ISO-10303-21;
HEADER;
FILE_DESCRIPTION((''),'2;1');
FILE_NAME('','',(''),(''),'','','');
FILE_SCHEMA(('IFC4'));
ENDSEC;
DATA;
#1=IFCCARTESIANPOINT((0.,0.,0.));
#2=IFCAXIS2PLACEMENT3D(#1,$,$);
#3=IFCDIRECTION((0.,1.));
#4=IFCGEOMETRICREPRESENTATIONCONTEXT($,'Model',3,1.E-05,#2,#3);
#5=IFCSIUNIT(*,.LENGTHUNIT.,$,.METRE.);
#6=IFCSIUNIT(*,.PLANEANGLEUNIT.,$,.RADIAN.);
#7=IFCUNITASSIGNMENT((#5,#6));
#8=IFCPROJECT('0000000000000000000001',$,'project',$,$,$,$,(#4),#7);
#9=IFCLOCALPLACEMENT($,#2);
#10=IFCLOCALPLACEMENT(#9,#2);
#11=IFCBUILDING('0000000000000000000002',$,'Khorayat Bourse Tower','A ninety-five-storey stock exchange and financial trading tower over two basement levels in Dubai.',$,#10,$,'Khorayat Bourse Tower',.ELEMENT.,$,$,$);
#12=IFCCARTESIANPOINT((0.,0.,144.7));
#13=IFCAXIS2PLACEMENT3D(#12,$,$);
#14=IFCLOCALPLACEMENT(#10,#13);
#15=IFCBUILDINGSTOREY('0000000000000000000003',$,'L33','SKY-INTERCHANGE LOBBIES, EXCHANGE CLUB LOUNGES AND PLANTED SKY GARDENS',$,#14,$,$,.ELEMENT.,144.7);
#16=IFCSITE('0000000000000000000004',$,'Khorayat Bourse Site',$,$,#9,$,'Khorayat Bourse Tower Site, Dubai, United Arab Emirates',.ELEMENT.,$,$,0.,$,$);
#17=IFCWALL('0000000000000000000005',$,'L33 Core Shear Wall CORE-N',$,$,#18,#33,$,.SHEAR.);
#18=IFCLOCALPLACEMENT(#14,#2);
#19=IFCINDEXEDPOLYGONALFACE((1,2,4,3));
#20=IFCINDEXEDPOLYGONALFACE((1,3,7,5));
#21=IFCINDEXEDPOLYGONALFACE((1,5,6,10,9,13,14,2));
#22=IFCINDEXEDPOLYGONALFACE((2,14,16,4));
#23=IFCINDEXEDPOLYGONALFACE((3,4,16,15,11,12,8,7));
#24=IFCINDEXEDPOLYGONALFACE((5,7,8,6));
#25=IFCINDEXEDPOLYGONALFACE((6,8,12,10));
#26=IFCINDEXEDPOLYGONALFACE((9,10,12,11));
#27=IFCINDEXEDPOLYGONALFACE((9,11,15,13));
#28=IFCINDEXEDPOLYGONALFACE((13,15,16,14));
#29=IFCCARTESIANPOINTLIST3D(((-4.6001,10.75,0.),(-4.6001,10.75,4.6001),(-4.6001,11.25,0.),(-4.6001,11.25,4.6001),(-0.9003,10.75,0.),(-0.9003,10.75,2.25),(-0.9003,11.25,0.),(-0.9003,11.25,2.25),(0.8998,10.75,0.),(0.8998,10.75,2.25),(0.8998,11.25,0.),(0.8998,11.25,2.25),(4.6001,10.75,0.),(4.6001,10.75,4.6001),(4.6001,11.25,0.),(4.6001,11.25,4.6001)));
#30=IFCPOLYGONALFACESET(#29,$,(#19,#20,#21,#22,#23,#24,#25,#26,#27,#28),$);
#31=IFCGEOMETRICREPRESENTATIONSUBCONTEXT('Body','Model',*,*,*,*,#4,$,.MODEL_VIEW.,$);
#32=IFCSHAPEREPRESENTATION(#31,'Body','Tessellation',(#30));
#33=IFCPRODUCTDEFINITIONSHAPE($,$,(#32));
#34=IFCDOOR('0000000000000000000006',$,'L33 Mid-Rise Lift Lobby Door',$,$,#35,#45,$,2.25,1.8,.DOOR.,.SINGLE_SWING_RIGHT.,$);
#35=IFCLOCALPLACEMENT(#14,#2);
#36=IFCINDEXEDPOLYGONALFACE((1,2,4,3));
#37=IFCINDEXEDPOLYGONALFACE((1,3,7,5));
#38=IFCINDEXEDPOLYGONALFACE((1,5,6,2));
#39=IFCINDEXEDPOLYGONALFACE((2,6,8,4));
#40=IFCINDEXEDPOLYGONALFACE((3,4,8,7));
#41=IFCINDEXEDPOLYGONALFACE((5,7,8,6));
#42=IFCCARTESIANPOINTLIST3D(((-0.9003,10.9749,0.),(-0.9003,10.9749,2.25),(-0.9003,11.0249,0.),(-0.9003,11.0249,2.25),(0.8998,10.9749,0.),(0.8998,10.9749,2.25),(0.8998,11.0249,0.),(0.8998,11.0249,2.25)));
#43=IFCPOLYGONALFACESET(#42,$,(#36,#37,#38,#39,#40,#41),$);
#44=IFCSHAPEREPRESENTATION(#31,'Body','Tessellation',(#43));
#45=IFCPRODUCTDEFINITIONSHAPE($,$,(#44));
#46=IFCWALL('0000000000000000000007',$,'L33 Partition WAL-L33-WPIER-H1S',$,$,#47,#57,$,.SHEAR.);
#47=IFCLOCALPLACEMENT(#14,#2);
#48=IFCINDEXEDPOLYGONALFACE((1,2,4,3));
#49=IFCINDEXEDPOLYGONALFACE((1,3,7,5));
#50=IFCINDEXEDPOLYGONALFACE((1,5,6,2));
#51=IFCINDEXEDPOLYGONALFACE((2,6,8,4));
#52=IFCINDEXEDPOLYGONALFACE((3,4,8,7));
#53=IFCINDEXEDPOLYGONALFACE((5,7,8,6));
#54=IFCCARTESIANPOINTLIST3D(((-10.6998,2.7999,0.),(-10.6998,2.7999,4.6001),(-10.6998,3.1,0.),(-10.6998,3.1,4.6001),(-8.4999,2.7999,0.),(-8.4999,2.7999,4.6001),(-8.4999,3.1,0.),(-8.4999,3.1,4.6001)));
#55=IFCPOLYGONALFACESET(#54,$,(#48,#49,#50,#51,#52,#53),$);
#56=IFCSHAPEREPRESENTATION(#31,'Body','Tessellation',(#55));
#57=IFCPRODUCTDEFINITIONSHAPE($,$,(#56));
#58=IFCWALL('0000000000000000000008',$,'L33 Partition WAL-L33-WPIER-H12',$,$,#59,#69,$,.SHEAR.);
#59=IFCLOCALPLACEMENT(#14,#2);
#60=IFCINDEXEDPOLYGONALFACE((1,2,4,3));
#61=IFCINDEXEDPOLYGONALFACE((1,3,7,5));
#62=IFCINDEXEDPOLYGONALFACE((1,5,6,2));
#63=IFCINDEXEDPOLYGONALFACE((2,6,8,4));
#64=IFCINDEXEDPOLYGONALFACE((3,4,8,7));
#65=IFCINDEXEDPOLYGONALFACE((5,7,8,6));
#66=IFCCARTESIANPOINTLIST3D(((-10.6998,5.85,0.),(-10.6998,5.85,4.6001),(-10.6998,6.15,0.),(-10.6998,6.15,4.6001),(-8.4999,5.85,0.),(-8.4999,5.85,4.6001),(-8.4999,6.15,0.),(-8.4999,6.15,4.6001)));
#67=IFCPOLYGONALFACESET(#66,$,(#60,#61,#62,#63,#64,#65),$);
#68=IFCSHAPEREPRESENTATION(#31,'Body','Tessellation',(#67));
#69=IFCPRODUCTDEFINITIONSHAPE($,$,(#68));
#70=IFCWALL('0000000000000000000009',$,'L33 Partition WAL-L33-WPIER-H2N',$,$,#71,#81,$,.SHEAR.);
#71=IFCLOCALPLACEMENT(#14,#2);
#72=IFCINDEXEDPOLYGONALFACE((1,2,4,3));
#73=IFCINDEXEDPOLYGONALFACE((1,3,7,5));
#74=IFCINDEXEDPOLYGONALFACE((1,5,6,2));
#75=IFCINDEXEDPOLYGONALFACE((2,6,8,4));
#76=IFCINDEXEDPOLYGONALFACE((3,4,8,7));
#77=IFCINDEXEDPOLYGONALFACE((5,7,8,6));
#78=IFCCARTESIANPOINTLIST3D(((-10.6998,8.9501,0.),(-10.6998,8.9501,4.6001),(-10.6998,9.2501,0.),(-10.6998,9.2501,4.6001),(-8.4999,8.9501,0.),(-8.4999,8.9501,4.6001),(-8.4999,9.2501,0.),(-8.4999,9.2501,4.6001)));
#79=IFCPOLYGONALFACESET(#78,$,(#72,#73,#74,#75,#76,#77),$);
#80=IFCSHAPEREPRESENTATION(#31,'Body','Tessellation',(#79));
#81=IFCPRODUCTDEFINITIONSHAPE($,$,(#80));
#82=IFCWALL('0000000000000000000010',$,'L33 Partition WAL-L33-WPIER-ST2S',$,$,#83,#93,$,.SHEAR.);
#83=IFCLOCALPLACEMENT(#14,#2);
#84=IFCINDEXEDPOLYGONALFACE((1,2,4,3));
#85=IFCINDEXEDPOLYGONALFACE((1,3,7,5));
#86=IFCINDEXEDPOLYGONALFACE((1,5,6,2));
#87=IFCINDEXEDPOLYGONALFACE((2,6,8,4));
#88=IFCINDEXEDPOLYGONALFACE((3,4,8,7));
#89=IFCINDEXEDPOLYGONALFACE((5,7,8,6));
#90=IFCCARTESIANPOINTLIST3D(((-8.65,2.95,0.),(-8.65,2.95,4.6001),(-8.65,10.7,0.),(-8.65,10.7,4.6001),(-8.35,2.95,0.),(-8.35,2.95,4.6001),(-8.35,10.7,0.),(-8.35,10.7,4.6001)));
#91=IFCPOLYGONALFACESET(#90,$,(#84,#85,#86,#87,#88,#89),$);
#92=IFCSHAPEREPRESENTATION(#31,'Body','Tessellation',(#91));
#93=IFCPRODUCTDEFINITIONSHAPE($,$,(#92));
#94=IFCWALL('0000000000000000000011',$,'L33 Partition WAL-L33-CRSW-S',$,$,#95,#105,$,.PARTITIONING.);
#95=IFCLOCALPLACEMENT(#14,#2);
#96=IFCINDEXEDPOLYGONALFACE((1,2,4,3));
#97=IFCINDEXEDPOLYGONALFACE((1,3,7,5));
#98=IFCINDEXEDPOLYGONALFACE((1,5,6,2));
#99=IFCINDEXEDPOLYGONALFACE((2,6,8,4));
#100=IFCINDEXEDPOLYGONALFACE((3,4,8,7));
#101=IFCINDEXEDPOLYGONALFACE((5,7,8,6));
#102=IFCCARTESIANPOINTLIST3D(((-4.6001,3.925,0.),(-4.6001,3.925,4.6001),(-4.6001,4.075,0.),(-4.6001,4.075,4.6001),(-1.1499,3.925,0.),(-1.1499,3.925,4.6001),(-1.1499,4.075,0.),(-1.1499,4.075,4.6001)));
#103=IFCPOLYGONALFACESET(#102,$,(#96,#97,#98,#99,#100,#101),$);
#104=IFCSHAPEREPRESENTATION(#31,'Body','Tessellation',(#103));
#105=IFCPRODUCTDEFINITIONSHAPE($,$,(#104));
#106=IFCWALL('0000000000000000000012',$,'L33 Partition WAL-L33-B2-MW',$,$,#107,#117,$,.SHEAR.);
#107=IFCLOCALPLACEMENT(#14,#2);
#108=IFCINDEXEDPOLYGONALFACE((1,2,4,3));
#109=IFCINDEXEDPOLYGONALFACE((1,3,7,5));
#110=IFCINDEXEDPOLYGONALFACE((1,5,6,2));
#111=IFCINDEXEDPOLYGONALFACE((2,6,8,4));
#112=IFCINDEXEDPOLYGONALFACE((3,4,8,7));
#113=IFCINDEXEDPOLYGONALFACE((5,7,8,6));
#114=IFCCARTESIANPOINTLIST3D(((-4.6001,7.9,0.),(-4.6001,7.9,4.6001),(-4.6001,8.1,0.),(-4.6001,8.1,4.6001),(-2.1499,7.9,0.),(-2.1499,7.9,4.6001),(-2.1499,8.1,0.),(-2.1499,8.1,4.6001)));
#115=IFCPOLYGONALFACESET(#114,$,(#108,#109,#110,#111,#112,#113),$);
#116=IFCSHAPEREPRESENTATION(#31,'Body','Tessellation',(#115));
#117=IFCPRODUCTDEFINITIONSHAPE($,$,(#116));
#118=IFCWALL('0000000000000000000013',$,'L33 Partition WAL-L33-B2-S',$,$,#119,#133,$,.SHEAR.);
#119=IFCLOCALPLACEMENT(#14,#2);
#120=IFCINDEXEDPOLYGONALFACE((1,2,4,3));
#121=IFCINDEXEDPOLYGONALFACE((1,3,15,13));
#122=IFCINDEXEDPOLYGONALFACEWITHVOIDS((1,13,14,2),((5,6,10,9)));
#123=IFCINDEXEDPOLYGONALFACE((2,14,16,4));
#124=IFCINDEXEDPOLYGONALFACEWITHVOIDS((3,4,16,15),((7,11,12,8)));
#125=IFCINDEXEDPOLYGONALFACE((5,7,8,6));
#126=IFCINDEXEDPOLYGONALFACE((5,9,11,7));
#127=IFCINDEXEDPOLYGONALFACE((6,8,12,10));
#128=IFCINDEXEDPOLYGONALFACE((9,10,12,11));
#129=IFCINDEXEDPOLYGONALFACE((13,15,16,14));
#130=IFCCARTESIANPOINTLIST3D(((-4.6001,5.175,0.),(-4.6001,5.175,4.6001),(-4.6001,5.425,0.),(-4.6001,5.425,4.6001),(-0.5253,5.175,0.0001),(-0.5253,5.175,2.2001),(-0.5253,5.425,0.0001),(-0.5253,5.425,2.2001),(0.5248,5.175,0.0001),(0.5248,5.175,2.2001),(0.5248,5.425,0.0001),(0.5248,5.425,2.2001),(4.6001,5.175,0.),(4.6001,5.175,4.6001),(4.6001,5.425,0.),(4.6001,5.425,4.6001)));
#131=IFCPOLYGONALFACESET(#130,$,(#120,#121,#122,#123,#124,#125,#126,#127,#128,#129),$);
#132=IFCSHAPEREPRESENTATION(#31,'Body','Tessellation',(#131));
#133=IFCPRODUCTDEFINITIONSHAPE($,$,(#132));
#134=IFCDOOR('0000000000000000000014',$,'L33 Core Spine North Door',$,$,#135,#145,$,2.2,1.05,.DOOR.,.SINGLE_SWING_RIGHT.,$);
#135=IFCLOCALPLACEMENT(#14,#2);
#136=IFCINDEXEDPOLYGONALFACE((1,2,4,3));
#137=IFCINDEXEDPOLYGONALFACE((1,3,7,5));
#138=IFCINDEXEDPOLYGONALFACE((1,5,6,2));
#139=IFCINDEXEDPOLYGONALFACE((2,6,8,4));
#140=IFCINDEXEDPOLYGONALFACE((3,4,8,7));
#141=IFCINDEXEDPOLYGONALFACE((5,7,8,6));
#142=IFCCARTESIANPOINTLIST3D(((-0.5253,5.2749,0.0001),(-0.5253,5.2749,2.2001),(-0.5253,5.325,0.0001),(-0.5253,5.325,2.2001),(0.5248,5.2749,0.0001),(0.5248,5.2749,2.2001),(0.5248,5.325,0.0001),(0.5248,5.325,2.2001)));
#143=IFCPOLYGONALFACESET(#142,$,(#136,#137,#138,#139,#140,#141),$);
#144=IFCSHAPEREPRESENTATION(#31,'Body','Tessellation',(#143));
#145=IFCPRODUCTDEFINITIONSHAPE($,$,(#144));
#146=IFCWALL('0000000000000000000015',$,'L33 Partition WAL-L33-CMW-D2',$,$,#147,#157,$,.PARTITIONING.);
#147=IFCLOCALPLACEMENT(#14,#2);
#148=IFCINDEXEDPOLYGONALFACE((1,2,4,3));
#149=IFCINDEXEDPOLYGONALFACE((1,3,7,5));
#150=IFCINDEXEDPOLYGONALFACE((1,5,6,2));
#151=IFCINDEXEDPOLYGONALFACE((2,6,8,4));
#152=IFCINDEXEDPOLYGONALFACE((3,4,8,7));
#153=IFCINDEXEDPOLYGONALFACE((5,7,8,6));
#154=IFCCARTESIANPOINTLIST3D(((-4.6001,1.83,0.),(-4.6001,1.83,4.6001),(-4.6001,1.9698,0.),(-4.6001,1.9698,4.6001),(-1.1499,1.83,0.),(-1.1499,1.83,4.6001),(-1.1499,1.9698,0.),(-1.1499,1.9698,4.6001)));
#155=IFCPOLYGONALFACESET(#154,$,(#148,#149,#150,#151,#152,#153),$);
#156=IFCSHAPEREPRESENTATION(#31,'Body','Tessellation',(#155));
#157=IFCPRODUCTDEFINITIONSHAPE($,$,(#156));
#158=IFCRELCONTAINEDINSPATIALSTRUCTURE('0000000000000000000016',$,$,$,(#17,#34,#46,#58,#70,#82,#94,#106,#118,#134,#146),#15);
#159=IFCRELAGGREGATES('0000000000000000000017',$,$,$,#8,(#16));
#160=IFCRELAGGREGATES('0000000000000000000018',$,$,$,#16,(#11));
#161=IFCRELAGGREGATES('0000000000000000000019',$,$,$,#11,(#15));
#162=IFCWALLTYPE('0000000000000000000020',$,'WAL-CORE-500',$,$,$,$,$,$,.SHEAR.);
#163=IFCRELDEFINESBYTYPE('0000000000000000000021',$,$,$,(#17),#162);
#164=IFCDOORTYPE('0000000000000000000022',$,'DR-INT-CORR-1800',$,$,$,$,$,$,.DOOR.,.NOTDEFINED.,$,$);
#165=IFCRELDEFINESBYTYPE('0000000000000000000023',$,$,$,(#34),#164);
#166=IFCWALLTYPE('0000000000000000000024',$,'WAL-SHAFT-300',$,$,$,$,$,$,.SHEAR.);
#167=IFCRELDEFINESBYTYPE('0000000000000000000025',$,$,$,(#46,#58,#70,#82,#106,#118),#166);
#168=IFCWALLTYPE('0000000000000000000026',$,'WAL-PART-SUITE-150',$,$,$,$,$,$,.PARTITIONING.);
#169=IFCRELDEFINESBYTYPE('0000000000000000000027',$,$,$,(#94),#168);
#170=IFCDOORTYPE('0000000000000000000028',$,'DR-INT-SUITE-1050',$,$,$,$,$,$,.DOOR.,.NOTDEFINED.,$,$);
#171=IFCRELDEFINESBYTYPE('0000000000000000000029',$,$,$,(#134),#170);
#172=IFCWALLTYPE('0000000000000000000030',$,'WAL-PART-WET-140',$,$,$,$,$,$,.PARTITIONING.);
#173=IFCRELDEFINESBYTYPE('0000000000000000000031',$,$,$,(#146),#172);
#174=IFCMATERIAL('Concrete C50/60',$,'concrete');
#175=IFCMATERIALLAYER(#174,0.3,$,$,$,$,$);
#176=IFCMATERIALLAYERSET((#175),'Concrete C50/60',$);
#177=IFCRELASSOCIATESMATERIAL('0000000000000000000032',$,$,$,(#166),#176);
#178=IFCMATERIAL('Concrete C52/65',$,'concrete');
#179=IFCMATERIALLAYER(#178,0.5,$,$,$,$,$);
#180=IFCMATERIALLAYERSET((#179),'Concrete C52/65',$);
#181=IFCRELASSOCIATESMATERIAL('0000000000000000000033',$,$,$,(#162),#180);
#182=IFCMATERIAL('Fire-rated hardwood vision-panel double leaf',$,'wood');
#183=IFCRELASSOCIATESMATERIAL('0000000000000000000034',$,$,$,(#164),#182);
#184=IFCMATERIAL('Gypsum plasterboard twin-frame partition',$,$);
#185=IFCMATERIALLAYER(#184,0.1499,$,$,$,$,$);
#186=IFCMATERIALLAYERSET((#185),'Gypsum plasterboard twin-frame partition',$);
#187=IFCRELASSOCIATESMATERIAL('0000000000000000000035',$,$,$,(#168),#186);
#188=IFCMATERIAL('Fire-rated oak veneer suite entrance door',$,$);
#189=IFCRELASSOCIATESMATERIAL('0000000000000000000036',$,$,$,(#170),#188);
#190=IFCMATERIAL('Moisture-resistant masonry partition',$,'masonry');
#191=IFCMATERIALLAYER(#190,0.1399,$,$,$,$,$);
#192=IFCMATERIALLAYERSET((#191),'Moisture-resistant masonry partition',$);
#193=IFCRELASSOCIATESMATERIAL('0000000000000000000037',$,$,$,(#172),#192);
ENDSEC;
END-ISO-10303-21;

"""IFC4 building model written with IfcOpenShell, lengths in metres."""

from ifc_helpers import new_model, si_unit, direction, frame, frame_2d, origin, place, context, subcontext, project, spatial, rectangle, extrude, source, transform, mapped, material, layer, layer_set, type_object, element, fill, save


model = new_model("IFC4")

# Units and contexts
model_context = context("Model", 3, precision=1e-05, world=origin(), true_north=direction((0.0, 1.0)))
body_context = subcontext(model_context, "Body", "Model", "MODEL_VIEW")
ifc_project = project(units=[si_unit("LENGTHUNIT", "METRE"), si_unit("PLANEANGLEUNIT", "RADIAN")], contexts=[model_context])

# Site, building, storey
site_placement = place(None, origin())
site = spatial("IfcSite", under=ifc_project, at=site_placement, Name="Khorayat Bourse Site", LongName="Khorayat Bourse Tower Site, Dubai, United Arab Emirates", CompositionType="ELEMENT", RefElevation=0.0)
building_placement = place(site_placement, origin())
building = spatial("IfcBuilding", under=site, at=building_placement, Name="Khorayat Bourse Tower", Description="A ninety-five-storey stock exchange and financial trading tower over two basement levels in Dubai.", LongName="Khorayat Bourse Tower", CompositionType="ELEMENT")
storey_placement = place(building_placement, frame((0.0, 0.0, 144.7)))
storey = spatial("IfcBuildingStorey", under=building, at=storey_placement, Name="L33", Description="SKY-INTERCHANGE LOBBIES, EXCHANGE CLUB LOUNGES AND PLANTED SKY GARDENS", CompositionType="ELEMENT", Elevation=144.7)

# Shared definitions
ifc_material_1 = material(Name="Concrete C50/60", Category="concrete")
ifc_layer_1 = layer(ifc_material_1, 0.3)
ifc_layer_set_1 = layer_set([ifc_layer_1], Name="Concrete C50/60")
wall_type_1 = type_object("IfcWallType", Name="WAL-SHAFT-300", PredefinedType="SHEAR", material=ifc_layer_set_1)

# Wall, opening, door
ifc_material_2 = material(Name="Concrete C52/65", Category="concrete")
ifc_layer_2 = layer(ifc_material_2, 0.5)
ifc_layer_set_2 = layer_set([ifc_layer_2], Name="Concrete C52/65")
wall_type_2 = type_object("IfcWallType", Name="WAL-CORE-500", PredefinedType="SHEAR", material=ifc_layer_set_2)
shared_shape_1 = source(origin(), body_context, "Body", "SweptSolid", [
    extrude(rectangle(XDim=9.2002, YDim=0.5, at=frame_2d((4.6001, 0.0))), origin(), (0.0, 0.0, 1.0), 4.6001),
])
wall_1_placement = place(storey_placement, frame((-4.6001, 11.0, 0.0), z_axis=(0.0, 0.0, 1.0), x_axis=(1.0, 0.0, 0.0)))
wall_1 = element("IfcWall", 1, at=wall_1_placement, inside=storey, type_object=wall_type_2, Name="L33 Core Shear Wall CORE-N", PredefinedType="SHEAR", context=body_context, shape_type="MappedRepresentation", body=[
    mapped(shared_shape_1, transform((0.0, 0.0, 0.0), scale=1.0)),
])
shared_shape_2 = source(origin(), body_context, "Body", "SweptSolid", [
    extrude(rectangle(XDim=1.8, YDim=2.25, at=frame_2d((0.8999, 1.125))), frame((0.0, 0.26, 0.0), z_axis=(0.0, -1.0, 0.0), x_axis=(1.0, 0.0, 0.0)), (0.0, 0.0, 1.0), 0.52),
])
opening_1_placement = place(wall_1_placement, frame((3.7, 0.0, 0.0)))
opening_1 = element("IfcOpeningElement", 2, at=opening_1_placement, cuts=wall_1, PredefinedType="OPENING", context=body_context, shape_type="MappedRepresentation", body=[
    mapped(shared_shape_2, transform((0.0, 0.0, 0.0), scale=1.0)),
])
ifc_material_3 = material(Name="Fire-rated hardwood vision-panel double leaf", Category="wood")
door_type_1 = type_object("IfcDoorType", Name="DR-INT-CORR-1800", OperationType="NOTDEFINED", PredefinedType="DOOR", material=ifc_material_3)
shared_shape_3 = source(origin(), body_context, "Body", "SweptSolid", [
    extrude(rectangle(XDim=1.8, YDim=2.25, at=frame_2d((0.8999, 1.125))), frame((0.0, 0.0249, 0.0), z_axis=(0.0, -1.0, 0.0), x_axis=(1.0, 0.0, 0.0)), (0.0, 0.0, 1.0), 0.05),
])
door_1_placement = place(opening_1_placement, origin())
door_1 = element("IfcDoor", 3, at=door_1_placement, inside=storey, type_object=door_type_1, Name="L33 Mid-Rise Lift Lobby Door", OperationType="SINGLE_SWING_RIGHT", OverallHeight=2.25, OverallWidth=1.8, PredefinedType="DOOR", context=body_context, shape_type="MappedRepresentation", body=[
    mapped(shared_shape_3, transform((0.0, 0.0, 0.0), scale=1.0)),
])
fill(opening_1, door_1)

# Walls
shared_shape_4 = source(origin(), body_context, "Body", "SweptSolid", [
    extrude(rectangle(XDim=2.2, YDim=0.3, at=frame_2d((1.1001, 0.0))), origin(), (0.0, 0.0, 1.0), 4.6001),
])
for number, where, z_axis, x_axis, name in (
    (4, (-10.7, 2.95, 0.0), (0.0, 0.0, 1.0), (1.0, 0.0, 0.0), "L33 Partition WAL-L33-WPIER-H1S"),
    (5, (-10.7, 6.0, 0.0), (0.0, 0.0, 1.0), (1.0, 0.0, 0.0), "L33 Partition WAL-L33-WPIER-H12"),
    (6, (-10.7, 9.1001, 0.0), (0.0, 0.0, 1.0), (1.0, 0.0, 0.0), "L33 Partition WAL-L33-WPIER-H2N"),
):
    element("IfcWall", number, at=place(storey_placement, frame(where, z_axis=z_axis, x_axis=x_axis)), inside=storey, type_object=wall_type_1, Name=name, PredefinedType="SHEAR", context=body_context, shape_type="MappedRepresentation", body=[
        mapped(shared_shape_4, transform((0.0, 0.0, 0.0), scale=1.0)),
    ])
shared_shape_5 = source(origin(), body_context, "Body", "SweptSolid", [
    extrude(rectangle(XDim=7.75, YDim=0.3, at=frame_2d((3.875, 0.0))), origin(), (0.0, 0.0, 1.0), 4.6001),
])
wall_2_placement = place(storey_placement, frame((-8.5, 2.95, 0.0), z_axis=(0.0, 0.0, 1.0), x_axis=(0.0, 1.0, 0.0)))
element("IfcWall", 7, at=wall_2_placement, inside=storey, type_object=wall_type_1, Name="L33 Partition WAL-L33-WPIER-ST2S", PredefinedType="SHEAR", context=body_context, shape_type="MappedRepresentation", body=[
    mapped(shared_shape_5, transform((0.0, 0.0, 0.0), scale=1.0)),
])
ifc_material_4 = material(Name="Gypsum plasterboard twin-frame partition")
ifc_layer_3 = layer(ifc_material_4, 0.1499)
ifc_layer_set_3 = layer_set([ifc_layer_3], Name="Gypsum plasterboard twin-frame partition")
wall_type_3 = type_object("IfcWallType", Name="WAL-PART-SUITE-150", PredefinedType="PARTITIONING", material=ifc_layer_set_3)
shared_shape_6 = source(origin(), body_context, "Body", "SweptSolid", [
    extrude(rectangle(XDim=3.4502, YDim=0.1499, at=frame_2d((1.7251, 0.0))), origin(), (0.0, 0.0, 1.0), 4.6001),
])
wall_3_placement = place(storey_placement, frame((-4.6001, 4.0, 0.0), z_axis=(0.0, 0.0, 1.0), x_axis=(1.0, 0.0, 0.0)))
element("IfcWall", 8, at=wall_3_placement, inside=storey, type_object=wall_type_3, Name="L33 Partition WAL-L33-CRSW-S", PredefinedType="PARTITIONING", context=body_context, shape_type="MappedRepresentation", body=[
    mapped(shared_shape_6, transform((0.0, 0.0, 0.0), scale=1.0)),
])
shared_shape_7 = source(origin(), body_context, "Body", "SweptSolid", [
    extrude(rectangle(XDim=2.4502, YDim=0.2, at=frame_2d((1.2251, 0.0))), origin(), (0.0, 0.0, 1.0), 4.6001),
])
wall_4_placement = place(storey_placement, frame((-4.6001, 8.0, 0.0), z_axis=(0.0, 0.0, 1.0), x_axis=(1.0, 0.0, 0.0)))
element("IfcWall", 9, at=wall_4_placement, inside=storey, type_object=wall_type_1, Name="L33 Partition WAL-L33-B2-MW", PredefinedType="SHEAR", context=body_context, shape_type="MappedRepresentation", body=[
    mapped(shared_shape_7, transform((0.0, 0.0, 0.0), scale=1.0)),
])

# Wall, opening, door
shared_shape_8 = source(origin(), body_context, "Body", "SweptSolid", [
    extrude(rectangle(XDim=9.2002, YDim=0.25, at=frame_2d((4.6001, 0.0))), origin(), (0.0, 0.0, 1.0), 4.6001),
])
wall_5_placement = place(storey_placement, frame((-4.6001, 5.3, 0.0), z_axis=(0.0, 0.0, 1.0), x_axis=(1.0, 0.0, 0.0)))
wall_5 = element("IfcWall", 10, at=wall_5_placement, inside=storey, type_object=wall_type_1, Name="L33 Partition WAL-L33-B2-S", PredefinedType="SHEAR", context=body_context, shape_type="MappedRepresentation", body=[
    mapped(shared_shape_8, transform((0.0, 0.0, 0.0), scale=1.0)),
])
shared_shape_9 = source(origin(), body_context, "Body", "SweptSolid", [
    extrude(rectangle(XDim=1.05, YDim=2.2, at=frame_2d((0.5249, 1.1001))), frame((0.0, 0.135, 0.0), z_axis=(0.0, -1.0, 0.0), x_axis=(1.0, 0.0, 0.0)), (0.0, 0.0, 1.0), 0.27),
])
opening_2_placement = place(wall_5_placement, frame((4.075, 0.0, 0.0)))
opening_2 = element("IfcOpeningElement", 11, at=opening_2_placement, cuts=wall_5, PredefinedType="OPENING", context=body_context, shape_type="MappedRepresentation", body=[
    mapped(shared_shape_9, transform((0.0, 0.0, 0.0), scale=1.0)),
])
ifc_material_5 = material(Name="Fire-rated oak veneer suite entrance door")
door_type_2 = type_object("IfcDoorType", Name="DR-INT-SUITE-1050", OperationType="NOTDEFINED", PredefinedType="DOOR", material=ifc_material_5)
shared_shape_10 = source(origin(), body_context, "Body", "SweptSolid", [
    extrude(rectangle(XDim=1.05, YDim=2.2, at=frame_2d((0.5249, 1.1001))), frame((0.0, 0.0249, 0.0), z_axis=(0.0, -1.0, 0.0), x_axis=(1.0, 0.0, 0.0)), (0.0, 0.0, 1.0), 0.05),
])
door_2_placement = place(opening_2_placement, origin())
door_2 = element("IfcDoor", 12, at=door_2_placement, inside=storey, type_object=door_type_2, Name="L33 Core Spine North Door", OperationType="SINGLE_SWING_RIGHT", OverallHeight=2.2, OverallWidth=1.05, PredefinedType="DOOR", context=body_context, shape_type="MappedRepresentation", body=[
    mapped(shared_shape_10, transform((0.0, 0.0, 0.0), scale=1.0)),
])
fill(opening_2, door_2)

# Wall
ifc_material_6 = material(Name="Moisture-resistant masonry partition", Category="masonry")
ifc_layer_4 = layer(ifc_material_6, 0.1399)
ifc_layer_set_4 = layer_set([ifc_layer_4], Name="Moisture-resistant masonry partition")
wall_type_4 = type_object("IfcWallType", Name="WAL-PART-WET-140", PredefinedType="PARTITIONING", material=ifc_layer_set_4)
shared_shape_11 = source(origin(), body_context, "Body", "SweptSolid", [
    extrude(rectangle(XDim=3.4502, YDim=0.1399, at=frame_2d((1.7251, 0.0))), origin(), (0.0, 0.0, 1.0), 4.6001),
])
wall_6_placement = place(storey_placement, frame((-4.6001, 1.8999, 0.0), z_axis=(0.0, 0.0, 1.0), x_axis=(1.0, 0.0, 0.0)))
element("IfcWall", 13, at=wall_6_placement, inside=storey, type_object=wall_type_4, Name="L33 Partition WAL-L33-CMW-D2", PredefinedType="PARTITIONING", context=body_context, shape_type="MappedRepresentation", body=[
    mapped(shared_shape_11, transform((0.0, 0.0, 0.0), scale=1.0)),
])

save(model, "model.ifc")
